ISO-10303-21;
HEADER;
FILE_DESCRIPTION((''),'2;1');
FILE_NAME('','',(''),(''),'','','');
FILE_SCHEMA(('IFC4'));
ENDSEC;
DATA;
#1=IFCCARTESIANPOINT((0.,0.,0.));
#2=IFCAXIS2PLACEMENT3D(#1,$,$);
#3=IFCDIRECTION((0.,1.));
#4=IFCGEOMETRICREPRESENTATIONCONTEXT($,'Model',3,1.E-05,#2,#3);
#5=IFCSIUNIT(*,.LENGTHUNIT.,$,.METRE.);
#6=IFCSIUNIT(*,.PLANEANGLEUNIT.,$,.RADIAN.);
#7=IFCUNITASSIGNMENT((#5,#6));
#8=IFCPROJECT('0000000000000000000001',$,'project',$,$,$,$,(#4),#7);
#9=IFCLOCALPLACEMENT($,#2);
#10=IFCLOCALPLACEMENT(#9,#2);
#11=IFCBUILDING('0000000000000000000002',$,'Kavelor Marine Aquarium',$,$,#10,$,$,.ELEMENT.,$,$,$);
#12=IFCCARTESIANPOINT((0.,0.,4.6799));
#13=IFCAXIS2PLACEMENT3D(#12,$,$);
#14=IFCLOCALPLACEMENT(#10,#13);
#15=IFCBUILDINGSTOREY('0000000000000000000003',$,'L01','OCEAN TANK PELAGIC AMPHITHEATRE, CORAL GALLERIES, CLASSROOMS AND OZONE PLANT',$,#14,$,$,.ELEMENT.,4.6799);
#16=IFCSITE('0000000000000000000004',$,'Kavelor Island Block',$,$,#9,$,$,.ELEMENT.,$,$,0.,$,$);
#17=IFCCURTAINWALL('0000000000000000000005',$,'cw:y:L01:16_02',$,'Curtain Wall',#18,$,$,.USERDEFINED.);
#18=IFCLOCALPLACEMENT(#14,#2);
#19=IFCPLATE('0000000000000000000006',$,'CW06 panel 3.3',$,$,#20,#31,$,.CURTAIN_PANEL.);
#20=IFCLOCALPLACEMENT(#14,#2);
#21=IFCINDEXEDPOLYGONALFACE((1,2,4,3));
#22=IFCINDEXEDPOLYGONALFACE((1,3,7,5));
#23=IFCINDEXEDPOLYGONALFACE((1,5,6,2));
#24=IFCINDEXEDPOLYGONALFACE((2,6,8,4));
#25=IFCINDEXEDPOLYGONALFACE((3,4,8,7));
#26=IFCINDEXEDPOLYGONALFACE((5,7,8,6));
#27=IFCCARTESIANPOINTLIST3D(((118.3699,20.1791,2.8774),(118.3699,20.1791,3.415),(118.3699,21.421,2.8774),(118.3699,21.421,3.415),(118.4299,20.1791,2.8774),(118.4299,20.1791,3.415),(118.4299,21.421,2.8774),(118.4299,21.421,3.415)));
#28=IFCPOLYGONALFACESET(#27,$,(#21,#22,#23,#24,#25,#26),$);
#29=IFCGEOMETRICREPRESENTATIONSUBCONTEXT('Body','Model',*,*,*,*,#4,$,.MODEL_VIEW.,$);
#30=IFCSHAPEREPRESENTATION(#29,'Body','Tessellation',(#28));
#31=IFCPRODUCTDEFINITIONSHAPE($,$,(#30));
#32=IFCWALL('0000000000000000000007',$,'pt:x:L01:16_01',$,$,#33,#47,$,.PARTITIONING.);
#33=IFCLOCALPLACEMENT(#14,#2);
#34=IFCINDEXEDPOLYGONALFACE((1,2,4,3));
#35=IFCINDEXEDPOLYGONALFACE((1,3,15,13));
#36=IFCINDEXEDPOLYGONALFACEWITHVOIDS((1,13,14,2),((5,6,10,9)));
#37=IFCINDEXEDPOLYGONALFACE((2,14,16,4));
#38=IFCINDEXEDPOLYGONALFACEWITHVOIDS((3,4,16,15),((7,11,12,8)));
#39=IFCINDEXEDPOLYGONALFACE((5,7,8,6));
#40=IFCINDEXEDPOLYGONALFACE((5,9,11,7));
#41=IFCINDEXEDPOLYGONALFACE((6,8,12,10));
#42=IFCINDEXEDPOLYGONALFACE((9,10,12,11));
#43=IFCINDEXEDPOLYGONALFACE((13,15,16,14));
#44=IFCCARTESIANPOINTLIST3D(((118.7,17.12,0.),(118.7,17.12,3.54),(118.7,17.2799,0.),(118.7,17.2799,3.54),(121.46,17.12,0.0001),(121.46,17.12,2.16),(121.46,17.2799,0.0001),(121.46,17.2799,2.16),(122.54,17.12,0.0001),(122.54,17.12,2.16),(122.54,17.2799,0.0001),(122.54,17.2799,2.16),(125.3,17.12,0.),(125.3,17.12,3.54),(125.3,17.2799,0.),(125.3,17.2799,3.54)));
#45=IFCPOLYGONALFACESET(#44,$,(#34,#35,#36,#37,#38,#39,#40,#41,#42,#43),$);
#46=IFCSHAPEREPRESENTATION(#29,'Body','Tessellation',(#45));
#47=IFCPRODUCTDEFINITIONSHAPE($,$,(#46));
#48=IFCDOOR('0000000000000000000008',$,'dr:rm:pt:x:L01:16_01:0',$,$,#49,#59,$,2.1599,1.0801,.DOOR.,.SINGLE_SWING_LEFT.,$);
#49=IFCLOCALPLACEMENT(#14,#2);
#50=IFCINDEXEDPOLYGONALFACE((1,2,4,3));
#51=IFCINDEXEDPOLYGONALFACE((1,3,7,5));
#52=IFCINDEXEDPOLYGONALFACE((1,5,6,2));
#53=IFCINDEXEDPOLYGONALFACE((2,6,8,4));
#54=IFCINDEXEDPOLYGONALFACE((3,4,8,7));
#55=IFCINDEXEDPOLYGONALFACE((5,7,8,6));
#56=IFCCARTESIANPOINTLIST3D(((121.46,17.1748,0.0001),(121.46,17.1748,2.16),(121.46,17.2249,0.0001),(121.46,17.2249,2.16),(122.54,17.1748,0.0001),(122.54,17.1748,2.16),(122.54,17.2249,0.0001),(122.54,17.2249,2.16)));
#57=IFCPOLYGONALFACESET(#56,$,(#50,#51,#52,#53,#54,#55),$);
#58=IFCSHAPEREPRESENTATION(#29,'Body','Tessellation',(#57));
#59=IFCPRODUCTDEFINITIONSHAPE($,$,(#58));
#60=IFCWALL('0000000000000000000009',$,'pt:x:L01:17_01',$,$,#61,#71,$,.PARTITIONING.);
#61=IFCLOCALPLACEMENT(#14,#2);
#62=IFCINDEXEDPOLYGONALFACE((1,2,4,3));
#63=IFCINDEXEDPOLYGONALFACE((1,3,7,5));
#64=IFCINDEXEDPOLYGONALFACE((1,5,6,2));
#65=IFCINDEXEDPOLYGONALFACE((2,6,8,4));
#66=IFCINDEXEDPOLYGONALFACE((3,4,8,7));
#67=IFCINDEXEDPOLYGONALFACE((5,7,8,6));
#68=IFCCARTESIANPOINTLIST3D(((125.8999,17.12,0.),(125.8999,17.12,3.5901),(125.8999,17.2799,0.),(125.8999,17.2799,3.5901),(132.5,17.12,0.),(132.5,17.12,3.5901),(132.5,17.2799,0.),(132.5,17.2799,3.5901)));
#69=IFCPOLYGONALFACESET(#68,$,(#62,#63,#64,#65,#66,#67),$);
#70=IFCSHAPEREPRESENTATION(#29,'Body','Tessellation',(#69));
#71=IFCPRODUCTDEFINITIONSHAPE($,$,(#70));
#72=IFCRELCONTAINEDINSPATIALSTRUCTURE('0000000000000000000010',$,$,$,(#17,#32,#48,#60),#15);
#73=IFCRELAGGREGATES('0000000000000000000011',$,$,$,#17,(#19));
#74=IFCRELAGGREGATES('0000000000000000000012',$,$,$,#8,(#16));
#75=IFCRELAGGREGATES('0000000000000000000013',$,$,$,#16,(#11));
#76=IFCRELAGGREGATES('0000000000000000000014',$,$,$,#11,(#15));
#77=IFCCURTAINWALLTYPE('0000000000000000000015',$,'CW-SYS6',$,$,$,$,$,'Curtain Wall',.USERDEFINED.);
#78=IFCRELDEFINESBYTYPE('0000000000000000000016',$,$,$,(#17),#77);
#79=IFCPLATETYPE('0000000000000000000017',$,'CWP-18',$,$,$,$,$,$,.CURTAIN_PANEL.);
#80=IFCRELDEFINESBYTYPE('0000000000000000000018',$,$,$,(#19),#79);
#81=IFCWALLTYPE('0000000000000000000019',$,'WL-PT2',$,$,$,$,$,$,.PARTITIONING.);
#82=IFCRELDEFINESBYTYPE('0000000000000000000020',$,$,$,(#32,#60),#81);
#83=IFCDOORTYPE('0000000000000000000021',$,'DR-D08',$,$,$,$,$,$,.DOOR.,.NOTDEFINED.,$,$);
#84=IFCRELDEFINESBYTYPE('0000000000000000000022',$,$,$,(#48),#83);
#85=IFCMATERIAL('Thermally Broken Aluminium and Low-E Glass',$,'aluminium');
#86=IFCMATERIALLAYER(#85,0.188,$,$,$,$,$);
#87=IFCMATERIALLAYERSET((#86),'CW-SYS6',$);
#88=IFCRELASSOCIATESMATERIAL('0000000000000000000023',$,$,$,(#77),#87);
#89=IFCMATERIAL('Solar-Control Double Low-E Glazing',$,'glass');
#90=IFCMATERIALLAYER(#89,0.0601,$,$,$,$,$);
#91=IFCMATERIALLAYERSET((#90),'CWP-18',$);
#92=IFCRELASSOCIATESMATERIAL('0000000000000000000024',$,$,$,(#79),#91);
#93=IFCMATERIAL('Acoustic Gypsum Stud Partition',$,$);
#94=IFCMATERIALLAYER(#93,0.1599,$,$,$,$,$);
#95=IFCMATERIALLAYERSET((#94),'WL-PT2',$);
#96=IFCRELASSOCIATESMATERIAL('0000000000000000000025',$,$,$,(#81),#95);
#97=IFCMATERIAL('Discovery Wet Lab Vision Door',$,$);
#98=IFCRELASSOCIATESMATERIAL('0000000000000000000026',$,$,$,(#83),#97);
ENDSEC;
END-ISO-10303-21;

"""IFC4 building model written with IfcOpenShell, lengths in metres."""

from ifc_helpers import new_model, si_unit, direction, frame, frame_2d, origin, origin_2d, place, context, subcontext, project, spatial, rectangle, extrude, material, layer, layer_set, type_object, element, fill, aggregate, save


model = new_model("IFC4")

# Units and contexts
model_context = context("Model", 3, precision=1e-05, world=origin(), true_north=direction((0.0, 1.0)))
body_context = subcontext(model_context, "Body", "Model", "MODEL_VIEW")
ifc_project = project(units=[si_unit("LENGTHUNIT", "METRE"), si_unit("PLANEANGLEUNIT", "RADIAN")], contexts=[model_context])

# Site, building, storey
site_placement = place(None, origin())
site = spatial("IfcSite", under=ifc_project, at=site_placement, Name="Kavelor Island Block", CompositionType="ELEMENT", RefElevation=0.0)
building_placement = place(site_placement, origin())
building = spatial("IfcBuilding", under=site, at=building_placement, Name="Kavelor Marine Aquarium", CompositionType="ELEMENT")
storey_placement = place(building_placement, frame((0.0, 0.0, 4.6799)))
storey = spatial("IfcBuildingStorey", under=building, at=storey_placement, Name="L01", Description="OCEAN TANK PELAGIC AMPHITHEATRE, CORAL GALLERIES, CLASSROOMS AND OZONE PLANT", CompositionType="ELEMENT", Elevation=4.6799)

# Curtain wall
ifc_material_1 = material(Name="Thermally Broken Aluminium and Low-E Glass", Category="aluminium")
ifc_layer_1 = layer(ifc_material_1, 0.188)
ifc_layer_set_1 = layer_set([ifc_layer_1], Name="CW-SYS6")
curtain_wall_type = type_object("IfcCurtainWallType", Name="CW-SYS6", ElementType="Curtain Wall", PredefinedType="USERDEFINED", material=ifc_layer_set_1)
curtain_wall_placement = place(storey_placement, origin())
curtain_wall = element("IfcCurtainWall", 1, at=curtain_wall_placement, inside=storey, type_object=curtain_wall_type, Name="cw:y:L01:16_02", ObjectType="Curtain Wall", PredefinedType="USERDEFINED")

# Plate
ifc_material_2 = material(Name="Solar-Control Double Low-E Glazing", Category="glass")
ifc_layer_2 = layer(ifc_material_2, 0.0601)
ifc_layer_set_2 = layer_set([ifc_layer_2], Name="CWP-18")
plate_type = type_object("IfcPlateType", Name="CWP-18", PredefinedType="CURTAIN_PANEL", material=ifc_layer_set_2)
plate_1_placement = place(storey_placement, frame((118.3999, 20.8, 2.8774), z_axis=(0.0, 0.0, 1.0), x_axis=(0.0, -1.0, 0.0)))
plate_1 = element("IfcPlate", 2, at=plate_1_placement, type_object=plate_type, Name="CW06 panel 3.3", PredefinedType="CURTAIN_PANEL", context=body_context, shape_type="SweptSolid", body=[
    extrude(rectangle(XDim=1.2419, YDim=0.0601, at=origin_2d()), origin(), (0.0, 0.0, 1.0), 0.5376),
])
aggregate(curtain_wall, [plate_1])

# Wall, opening, door
ifc_material_3 = material(Name="Acoustic Gypsum Stud Partition")
ifc_layer_3 = layer(ifc_material_3, 0.1599)
ifc_layer_set_3 = layer_set([ifc_layer_3], Name="WL-PT2")
wall_type = type_object("IfcWallType", Name="WL-PT2", PredefinedType="PARTITIONING", material=ifc_layer_set_3)
wall_1_placement = place(storey_placement, frame((118.7, 17.2, 0.0), z_axis=(0.0, 0.0, 1.0), x_axis=(1.0, 0.0, 0.0)))
wall_1 = element("IfcWall", 3, at=wall_1_placement, inside=storey, type_object=wall_type, Name="pt:x:L01:16_01", PredefinedType="PARTITIONING", context=body_context, shape_type="SweptSolid", body=[
    extrude(rectangle(XDim=6.6001, YDim=0.1599, at=frame_2d((3.3, 0.0))), origin(), (0.0, 0.0, 1.0), 3.54),
])
opening_placement = place(wall_1_placement, frame((2.76, 0.0, 0.0)))
opening = element("IfcOpeningElement", 4, at=opening_placement, cuts=wall_1, PredefinedType="OPENING", context=body_context, shape_type="SweptSolid", body=[
    extrude(rectangle(XDim=1.0801, YDim=2.1599, at=frame_2d((0.54, 1.0801))), frame((0.0, 0.0898, 0.0), z_axis=(0.0, -1.0, 0.0), x_axis=(1.0, 0.0, 0.0)), (0.0, 0.0, 1.0), 0.1799),
])
ifc_material_4 = material(Name="Discovery Wet Lab Vision Door")
door_type = type_object("IfcDoorType", Name="DR-D08", OperationType="NOTDEFINED", PredefinedType="DOOR", material=ifc_material_4)
door_placement = place(opening_placement, origin())
door = element("IfcDoor", 5, at=door_placement, inside=storey, type_object=door_type, Name="dr:rm:pt:x:L01:16_01:0", OperationType="SINGLE_SWING_LEFT", OverallHeight=2.1599, OverallWidth=1.0801, PredefinedType="DOOR", context=body_context, shape_type="SweptSolid", body=[
    extrude(rectangle(XDim=1.0801, YDim=2.1599, at=frame_2d((0.54, 1.0801))), frame((0.0, 0.0249, 0.0), z_axis=(0.0, -1.0, 0.0), x_axis=(1.0, 0.0, 0.0)), (0.0, 0.0, 1.0), 0.05),
])
fill(opening, door)

# Wall
wall_2_placement = place(storey_placement, frame((125.8999, 17.2, 0.0), z_axis=(0.0, 0.0, 1.0), x_axis=(1.0, 0.0, 0.0)))
element("IfcWall", 6, at=wall_2_placement, inside=storey, type_object=wall_type, Name="pt:x:L01:17_01", PredefinedType="PARTITIONING", context=body_context, shape_type="SweptSolid", body=[
    extrude(rectangle(XDim=6.6001, YDim=0.1599, at=frame_2d((3.3, 0.0))), origin(), (0.0, 0.0, 1.0), 3.5901),
])

save(model, "model.ifc")
